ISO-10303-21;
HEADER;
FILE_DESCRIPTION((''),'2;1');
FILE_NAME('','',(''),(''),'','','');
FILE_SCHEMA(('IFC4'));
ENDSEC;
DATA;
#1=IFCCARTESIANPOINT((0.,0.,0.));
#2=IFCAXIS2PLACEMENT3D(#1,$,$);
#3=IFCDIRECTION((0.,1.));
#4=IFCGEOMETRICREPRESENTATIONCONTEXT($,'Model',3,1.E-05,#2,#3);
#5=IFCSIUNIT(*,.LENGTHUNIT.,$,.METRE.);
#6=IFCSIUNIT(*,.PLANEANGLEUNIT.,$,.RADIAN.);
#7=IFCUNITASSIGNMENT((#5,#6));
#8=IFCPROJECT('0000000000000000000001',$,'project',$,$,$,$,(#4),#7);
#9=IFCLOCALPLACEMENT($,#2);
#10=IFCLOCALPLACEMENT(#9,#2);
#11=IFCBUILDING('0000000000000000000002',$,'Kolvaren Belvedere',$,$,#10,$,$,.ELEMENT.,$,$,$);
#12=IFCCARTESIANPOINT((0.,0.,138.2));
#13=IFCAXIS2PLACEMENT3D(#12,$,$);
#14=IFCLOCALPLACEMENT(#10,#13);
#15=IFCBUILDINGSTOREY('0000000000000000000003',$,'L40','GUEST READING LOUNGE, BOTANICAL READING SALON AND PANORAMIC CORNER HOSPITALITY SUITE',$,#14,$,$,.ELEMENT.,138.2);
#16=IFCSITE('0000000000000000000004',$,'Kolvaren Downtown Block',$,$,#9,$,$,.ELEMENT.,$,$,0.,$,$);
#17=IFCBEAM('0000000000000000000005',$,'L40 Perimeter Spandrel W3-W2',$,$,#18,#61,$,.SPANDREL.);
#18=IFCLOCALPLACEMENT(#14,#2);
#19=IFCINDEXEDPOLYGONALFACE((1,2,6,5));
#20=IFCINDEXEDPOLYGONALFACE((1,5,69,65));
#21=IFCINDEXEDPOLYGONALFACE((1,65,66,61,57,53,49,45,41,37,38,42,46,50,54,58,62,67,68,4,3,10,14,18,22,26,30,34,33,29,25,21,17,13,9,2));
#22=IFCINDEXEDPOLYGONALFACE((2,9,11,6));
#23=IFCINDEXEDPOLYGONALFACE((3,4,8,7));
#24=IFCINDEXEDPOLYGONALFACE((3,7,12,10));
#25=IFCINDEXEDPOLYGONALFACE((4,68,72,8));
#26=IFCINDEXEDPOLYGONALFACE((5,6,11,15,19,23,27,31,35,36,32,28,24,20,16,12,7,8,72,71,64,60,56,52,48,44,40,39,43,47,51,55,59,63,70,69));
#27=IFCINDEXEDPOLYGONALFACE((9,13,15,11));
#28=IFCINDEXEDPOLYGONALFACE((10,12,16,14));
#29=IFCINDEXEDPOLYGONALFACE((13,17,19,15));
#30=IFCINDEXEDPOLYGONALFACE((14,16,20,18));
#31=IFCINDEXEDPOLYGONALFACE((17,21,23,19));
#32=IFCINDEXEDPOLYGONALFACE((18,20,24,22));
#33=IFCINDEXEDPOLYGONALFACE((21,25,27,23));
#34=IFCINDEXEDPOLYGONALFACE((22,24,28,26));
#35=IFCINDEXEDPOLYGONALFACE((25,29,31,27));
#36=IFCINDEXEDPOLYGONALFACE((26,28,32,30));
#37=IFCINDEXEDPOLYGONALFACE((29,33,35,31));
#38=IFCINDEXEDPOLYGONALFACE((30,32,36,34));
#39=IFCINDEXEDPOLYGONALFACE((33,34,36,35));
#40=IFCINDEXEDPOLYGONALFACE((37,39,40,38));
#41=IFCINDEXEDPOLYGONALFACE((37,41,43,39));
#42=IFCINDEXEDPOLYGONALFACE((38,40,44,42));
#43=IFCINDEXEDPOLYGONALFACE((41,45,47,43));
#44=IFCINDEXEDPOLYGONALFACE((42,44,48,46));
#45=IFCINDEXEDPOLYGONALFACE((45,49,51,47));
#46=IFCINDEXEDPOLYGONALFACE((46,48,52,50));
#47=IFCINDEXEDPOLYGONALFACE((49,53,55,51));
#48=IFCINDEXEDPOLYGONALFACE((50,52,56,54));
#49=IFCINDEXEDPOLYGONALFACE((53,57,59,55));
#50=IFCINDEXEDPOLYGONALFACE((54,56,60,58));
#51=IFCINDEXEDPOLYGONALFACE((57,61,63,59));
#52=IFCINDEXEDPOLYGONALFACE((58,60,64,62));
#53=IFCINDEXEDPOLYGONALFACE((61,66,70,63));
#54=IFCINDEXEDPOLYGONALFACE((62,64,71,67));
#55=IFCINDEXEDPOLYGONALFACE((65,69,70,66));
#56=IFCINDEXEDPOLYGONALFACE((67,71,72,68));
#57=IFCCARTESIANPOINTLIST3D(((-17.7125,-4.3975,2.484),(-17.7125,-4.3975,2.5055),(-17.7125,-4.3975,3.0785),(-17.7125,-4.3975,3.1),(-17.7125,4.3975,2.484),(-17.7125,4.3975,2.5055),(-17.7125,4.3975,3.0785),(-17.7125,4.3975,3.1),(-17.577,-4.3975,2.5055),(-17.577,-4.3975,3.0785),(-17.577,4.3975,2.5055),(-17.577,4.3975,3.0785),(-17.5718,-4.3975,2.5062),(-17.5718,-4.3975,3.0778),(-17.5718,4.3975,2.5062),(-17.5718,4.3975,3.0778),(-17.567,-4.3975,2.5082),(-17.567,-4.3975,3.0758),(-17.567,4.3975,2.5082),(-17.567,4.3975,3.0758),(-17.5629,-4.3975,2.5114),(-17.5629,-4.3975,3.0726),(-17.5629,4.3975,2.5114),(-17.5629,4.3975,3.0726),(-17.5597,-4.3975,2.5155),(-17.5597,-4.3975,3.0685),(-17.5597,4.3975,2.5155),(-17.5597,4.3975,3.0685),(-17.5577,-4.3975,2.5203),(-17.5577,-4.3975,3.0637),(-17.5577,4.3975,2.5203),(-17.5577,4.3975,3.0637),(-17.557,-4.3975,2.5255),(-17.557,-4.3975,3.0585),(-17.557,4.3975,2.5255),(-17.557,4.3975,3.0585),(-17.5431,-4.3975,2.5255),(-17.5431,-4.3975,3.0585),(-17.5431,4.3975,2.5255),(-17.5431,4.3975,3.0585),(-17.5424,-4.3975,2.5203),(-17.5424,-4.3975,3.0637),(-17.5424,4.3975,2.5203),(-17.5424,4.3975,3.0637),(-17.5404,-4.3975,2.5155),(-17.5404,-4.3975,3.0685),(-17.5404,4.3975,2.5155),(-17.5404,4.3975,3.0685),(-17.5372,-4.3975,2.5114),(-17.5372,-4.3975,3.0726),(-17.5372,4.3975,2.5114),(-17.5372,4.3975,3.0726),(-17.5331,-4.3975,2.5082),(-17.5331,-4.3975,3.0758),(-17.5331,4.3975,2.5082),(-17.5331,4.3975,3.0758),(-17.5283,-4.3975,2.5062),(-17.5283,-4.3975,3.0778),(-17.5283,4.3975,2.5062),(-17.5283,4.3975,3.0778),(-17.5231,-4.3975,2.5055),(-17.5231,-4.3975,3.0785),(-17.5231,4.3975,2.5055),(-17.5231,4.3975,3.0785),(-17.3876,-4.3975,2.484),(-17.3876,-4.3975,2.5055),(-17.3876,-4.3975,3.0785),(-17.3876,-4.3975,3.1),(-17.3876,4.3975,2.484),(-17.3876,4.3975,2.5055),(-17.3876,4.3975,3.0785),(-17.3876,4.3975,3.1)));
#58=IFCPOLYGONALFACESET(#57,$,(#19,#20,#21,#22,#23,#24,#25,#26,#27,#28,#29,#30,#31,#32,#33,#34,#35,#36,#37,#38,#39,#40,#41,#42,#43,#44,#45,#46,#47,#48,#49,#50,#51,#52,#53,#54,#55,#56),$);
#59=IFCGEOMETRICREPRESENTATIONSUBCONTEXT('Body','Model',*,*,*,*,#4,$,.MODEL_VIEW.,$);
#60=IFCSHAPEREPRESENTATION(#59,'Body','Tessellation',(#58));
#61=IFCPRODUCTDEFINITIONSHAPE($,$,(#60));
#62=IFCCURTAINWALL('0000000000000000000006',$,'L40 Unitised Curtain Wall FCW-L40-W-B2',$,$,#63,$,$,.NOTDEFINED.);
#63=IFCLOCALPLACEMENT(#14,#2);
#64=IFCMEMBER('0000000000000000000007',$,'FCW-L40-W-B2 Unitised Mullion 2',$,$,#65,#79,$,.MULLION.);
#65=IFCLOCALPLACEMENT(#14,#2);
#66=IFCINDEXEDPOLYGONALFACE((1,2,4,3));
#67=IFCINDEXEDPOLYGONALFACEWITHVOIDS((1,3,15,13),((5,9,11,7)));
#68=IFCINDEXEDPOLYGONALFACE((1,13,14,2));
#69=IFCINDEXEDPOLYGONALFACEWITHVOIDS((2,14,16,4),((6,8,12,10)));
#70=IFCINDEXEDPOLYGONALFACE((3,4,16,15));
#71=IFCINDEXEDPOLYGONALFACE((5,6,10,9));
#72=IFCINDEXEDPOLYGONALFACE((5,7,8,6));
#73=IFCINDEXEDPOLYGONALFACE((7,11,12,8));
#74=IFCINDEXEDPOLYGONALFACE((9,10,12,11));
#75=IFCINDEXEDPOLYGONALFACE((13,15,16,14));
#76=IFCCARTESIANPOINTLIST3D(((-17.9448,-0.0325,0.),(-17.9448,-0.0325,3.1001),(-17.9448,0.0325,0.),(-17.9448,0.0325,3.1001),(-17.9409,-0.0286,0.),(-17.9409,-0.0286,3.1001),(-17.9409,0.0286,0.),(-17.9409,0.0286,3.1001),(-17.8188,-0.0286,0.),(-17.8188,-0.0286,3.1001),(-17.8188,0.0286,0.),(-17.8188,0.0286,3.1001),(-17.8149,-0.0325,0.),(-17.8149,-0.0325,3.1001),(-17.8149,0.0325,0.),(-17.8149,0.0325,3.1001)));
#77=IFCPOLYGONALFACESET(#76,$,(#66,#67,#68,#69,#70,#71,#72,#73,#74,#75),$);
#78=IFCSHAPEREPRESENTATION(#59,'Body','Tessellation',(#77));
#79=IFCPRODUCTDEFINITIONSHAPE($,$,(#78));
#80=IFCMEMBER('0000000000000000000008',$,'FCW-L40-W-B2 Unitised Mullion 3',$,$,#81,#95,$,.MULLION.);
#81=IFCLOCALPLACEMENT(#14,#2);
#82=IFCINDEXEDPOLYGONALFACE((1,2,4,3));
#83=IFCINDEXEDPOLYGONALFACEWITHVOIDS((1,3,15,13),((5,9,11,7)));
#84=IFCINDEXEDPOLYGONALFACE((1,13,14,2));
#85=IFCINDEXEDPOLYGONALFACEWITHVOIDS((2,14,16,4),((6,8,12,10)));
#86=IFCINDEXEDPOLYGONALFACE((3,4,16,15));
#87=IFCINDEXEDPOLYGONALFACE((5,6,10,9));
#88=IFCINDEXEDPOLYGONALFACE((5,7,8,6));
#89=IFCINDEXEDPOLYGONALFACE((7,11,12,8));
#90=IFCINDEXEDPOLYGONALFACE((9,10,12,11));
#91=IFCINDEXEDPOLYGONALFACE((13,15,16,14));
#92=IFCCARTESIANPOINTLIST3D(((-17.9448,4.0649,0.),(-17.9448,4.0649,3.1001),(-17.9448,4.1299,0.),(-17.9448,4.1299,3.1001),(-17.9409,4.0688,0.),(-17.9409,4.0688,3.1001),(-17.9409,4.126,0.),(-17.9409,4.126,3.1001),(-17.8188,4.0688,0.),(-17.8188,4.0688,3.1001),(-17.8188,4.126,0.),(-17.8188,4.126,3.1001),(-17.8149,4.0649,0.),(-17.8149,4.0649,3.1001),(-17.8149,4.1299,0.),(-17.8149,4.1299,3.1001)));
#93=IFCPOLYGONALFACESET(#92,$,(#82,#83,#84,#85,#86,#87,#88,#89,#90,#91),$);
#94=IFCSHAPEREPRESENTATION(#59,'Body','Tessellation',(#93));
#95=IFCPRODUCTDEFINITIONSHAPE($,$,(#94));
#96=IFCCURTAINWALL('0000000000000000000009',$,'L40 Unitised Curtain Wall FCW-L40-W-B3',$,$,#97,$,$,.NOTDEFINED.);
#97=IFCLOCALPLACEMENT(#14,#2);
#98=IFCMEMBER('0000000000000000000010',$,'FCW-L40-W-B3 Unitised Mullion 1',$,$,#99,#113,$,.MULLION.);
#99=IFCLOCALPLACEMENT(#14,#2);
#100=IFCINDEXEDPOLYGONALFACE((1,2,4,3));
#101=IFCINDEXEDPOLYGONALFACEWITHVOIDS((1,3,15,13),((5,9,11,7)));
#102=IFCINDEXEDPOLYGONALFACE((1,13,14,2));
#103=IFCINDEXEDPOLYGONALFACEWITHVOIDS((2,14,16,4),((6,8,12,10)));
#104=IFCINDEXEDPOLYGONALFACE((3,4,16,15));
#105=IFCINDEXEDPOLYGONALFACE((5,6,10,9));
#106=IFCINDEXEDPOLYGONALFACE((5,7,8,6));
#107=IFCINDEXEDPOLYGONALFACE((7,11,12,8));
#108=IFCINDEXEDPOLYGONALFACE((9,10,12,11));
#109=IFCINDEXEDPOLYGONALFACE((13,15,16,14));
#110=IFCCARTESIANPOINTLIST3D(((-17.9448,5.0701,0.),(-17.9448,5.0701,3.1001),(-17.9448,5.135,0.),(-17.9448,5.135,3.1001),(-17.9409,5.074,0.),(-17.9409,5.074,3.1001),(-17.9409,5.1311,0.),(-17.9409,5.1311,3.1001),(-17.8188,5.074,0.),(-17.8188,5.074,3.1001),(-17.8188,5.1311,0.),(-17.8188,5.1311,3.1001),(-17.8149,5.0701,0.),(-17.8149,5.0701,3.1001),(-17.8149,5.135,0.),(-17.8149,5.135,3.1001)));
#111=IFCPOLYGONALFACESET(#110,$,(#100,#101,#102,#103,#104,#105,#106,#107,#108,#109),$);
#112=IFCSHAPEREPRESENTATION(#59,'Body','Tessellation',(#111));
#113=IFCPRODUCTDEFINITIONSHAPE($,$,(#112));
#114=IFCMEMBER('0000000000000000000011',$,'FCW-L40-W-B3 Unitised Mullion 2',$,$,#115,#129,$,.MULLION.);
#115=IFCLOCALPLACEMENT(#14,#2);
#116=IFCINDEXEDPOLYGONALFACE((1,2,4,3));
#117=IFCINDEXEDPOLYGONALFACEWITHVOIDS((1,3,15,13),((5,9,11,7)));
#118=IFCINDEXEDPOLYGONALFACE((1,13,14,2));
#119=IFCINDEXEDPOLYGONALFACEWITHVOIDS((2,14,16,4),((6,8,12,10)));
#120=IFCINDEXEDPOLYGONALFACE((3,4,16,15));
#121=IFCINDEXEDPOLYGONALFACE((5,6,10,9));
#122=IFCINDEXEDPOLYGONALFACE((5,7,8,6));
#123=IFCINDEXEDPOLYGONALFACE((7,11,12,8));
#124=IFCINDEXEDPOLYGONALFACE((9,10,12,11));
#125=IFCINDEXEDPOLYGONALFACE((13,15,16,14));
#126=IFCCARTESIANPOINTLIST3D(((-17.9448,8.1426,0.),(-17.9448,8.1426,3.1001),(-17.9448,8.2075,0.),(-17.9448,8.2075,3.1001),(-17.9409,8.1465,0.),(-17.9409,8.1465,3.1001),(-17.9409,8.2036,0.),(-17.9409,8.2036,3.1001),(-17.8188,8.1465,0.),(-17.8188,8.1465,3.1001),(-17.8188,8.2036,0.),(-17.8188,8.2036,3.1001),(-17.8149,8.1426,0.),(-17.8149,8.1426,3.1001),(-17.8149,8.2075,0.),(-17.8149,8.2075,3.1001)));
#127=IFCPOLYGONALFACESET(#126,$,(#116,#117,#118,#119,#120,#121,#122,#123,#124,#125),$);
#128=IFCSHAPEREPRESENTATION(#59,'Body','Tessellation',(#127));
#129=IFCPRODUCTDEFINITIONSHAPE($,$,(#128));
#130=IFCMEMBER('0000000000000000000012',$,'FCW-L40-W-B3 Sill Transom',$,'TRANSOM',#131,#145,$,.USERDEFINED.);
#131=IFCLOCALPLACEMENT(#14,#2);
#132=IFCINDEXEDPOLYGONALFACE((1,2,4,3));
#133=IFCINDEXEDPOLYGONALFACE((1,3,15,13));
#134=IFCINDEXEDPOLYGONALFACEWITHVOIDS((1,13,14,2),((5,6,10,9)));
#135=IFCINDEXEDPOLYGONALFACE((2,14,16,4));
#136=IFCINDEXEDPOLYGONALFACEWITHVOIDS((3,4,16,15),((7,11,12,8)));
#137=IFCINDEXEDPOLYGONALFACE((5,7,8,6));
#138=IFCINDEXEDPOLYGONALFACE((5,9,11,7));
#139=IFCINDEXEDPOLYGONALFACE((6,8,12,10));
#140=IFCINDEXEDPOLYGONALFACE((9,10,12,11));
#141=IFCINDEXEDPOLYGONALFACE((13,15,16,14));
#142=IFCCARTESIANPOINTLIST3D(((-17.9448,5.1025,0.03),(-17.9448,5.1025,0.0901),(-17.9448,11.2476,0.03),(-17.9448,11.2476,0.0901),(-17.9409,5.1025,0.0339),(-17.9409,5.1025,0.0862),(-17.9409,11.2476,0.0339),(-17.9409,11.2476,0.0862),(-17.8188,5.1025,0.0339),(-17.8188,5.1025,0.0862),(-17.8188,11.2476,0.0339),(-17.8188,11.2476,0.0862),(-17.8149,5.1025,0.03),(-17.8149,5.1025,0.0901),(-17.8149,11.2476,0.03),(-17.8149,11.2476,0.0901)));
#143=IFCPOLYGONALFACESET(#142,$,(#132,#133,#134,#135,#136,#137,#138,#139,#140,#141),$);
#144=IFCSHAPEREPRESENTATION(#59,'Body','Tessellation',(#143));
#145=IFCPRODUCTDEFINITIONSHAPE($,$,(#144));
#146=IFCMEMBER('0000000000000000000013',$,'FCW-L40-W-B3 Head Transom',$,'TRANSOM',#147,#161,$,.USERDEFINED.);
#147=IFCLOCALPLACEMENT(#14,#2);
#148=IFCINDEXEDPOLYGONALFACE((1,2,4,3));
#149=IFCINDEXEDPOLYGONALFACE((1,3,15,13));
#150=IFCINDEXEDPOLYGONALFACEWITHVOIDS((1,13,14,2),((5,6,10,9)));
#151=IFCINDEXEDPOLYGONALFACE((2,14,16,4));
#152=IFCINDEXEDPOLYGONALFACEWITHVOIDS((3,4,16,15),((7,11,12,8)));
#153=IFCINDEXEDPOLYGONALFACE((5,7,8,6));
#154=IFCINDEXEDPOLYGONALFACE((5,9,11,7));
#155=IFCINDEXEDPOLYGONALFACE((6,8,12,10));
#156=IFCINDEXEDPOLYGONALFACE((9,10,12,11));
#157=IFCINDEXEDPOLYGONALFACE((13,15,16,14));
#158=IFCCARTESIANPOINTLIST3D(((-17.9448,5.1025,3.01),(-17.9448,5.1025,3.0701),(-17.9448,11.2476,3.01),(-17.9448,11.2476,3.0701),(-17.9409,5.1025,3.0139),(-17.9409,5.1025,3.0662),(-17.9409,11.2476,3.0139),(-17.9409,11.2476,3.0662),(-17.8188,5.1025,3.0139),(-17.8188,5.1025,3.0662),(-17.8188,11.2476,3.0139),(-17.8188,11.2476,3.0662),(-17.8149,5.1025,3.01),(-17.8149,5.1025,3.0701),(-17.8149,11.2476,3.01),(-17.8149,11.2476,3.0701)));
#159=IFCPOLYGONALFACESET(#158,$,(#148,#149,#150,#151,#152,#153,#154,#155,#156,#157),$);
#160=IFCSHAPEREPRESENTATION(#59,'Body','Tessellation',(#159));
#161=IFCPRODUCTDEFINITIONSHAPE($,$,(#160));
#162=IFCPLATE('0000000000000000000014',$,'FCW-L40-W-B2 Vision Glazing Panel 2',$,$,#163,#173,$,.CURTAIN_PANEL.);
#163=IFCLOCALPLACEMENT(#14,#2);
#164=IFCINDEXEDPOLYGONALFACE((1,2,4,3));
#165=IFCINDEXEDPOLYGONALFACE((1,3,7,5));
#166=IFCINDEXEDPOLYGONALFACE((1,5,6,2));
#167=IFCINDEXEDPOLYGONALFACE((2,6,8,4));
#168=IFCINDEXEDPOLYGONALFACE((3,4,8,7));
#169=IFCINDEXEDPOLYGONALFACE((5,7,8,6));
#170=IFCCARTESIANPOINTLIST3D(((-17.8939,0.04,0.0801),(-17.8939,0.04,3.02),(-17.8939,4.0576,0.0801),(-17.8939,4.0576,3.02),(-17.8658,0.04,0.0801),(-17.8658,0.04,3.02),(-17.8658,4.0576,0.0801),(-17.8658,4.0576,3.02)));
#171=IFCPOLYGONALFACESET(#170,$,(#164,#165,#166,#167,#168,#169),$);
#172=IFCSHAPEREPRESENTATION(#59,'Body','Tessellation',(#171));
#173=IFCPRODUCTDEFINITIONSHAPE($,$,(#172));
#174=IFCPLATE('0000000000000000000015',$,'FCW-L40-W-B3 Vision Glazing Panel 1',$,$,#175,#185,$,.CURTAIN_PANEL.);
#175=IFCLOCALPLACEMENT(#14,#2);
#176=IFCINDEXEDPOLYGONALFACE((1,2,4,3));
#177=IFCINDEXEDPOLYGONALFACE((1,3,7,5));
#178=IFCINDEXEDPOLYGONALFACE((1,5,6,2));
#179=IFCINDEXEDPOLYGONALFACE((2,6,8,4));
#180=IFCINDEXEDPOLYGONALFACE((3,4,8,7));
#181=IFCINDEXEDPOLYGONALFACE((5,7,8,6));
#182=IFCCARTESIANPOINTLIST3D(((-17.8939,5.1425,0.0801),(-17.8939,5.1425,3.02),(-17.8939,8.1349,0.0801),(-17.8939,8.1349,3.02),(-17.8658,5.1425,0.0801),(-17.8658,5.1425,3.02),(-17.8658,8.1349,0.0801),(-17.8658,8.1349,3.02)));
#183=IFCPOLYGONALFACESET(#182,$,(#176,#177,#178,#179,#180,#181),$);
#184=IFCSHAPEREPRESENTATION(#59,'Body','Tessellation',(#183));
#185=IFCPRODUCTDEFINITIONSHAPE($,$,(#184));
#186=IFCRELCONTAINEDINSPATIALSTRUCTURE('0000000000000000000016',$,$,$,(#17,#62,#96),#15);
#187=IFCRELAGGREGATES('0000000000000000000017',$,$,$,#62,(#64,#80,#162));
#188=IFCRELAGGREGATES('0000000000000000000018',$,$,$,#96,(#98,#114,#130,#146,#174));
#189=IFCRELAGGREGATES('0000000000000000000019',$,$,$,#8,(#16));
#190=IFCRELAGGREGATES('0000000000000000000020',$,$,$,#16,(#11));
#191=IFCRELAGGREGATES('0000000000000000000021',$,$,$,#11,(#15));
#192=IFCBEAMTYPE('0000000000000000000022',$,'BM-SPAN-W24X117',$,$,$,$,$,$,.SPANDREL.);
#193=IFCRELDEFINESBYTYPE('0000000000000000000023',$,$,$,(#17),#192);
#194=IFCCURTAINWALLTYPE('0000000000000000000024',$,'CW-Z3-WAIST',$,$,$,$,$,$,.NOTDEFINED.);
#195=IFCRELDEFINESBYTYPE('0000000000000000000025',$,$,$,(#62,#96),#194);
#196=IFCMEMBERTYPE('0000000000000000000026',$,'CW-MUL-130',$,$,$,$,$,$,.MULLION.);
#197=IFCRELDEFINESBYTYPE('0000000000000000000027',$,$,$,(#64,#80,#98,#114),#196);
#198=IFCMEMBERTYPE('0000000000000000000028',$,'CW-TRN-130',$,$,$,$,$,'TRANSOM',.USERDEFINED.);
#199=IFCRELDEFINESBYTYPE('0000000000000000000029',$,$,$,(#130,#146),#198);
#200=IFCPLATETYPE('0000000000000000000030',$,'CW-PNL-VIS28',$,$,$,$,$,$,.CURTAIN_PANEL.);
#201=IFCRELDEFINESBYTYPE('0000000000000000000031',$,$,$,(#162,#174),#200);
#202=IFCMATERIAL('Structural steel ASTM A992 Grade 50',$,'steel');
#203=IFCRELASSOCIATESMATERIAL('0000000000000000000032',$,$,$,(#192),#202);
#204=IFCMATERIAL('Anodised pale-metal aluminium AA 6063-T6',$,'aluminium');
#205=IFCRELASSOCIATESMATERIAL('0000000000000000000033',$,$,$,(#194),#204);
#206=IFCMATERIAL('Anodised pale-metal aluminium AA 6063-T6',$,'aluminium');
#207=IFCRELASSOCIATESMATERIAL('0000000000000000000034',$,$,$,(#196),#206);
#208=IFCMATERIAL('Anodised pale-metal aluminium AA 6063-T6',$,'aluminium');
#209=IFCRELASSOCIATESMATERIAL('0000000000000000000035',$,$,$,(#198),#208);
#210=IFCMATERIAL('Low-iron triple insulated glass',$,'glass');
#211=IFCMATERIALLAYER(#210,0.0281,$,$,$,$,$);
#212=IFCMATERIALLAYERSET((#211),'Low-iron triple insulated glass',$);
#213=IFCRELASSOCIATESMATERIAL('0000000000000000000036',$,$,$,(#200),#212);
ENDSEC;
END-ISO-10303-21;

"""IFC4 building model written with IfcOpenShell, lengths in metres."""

from ifc_helpers import new_model, si_unit, direction, frame, origin, origin_2d, place, context, subcontext, project, spatial, rectangle, hollow_rectangle, i_section, extrude, material, layer, layer_set, material_profile, profile_set, type_object, element, aggregate, save


model = new_model("IFC4")

# Units and contexts
model_context = context("Model", 3, precision=1e-05, world=origin(), true_north=direction((0.0, 1.0)))
body_context = subcontext(model_context, "Body", "Model", "MODEL_VIEW")
ifc_project = project(units=[si_unit("LENGTHUNIT", "METRE"), si_unit("PLANEANGLEUNIT", "RADIAN")], contexts=[model_context])

# Site, building, storey
site_placement = place(None, origin())
site = spatial("IfcSite", under=ifc_project, at=site_placement, Name="Kolvaren Downtown Block", CompositionType="ELEMENT", RefElevation=0.0)
building_placement = place(site_placement, origin())
building = spatial("IfcBuilding", under=site, at=building_placement, Name="Kolvaren Belvedere", CompositionType="ELEMENT")
storey_placement = place(building_placement, frame((0.0, 0.0, 138.2)))
storey = spatial("IfcBuildingStorey", under=building, at=storey_placement, Name="L40", Description="GUEST READING LOUNGE, BOTANICAL READING SALON AND PANORAMIC CORNER HOSPITALITY SUITE", CompositionType="ELEMENT", Elevation=138.2)

# Beam
ifc_material_1 = material(Name="Structural steel ASTM A992 Grade 50", Category="steel")
ifc_material_profile_1 = material_profile(ifc_material_1, i_section(OverallWidth=0.325, OverallDepth=0.616, WebThickness=0.0139, FlangeThickness=0.0215, FilletRadius=0.02, at=origin_2d()), Name="W24X117")
ifc_profile_set_1 = profile_set([ifc_material_profile_1], Name="Structural steel ASTM A992 Grade 50")
beam_type_1 = type_object("IfcBeamType", Name="BM-SPAN-W24X117", PredefinedType="SPANDREL", material=ifc_profile_set_1)
beam_1_placement = place(storey_placement, frame((-17.55, 4.3975, 2.792), z_axis=(0.0, -1.0, 0.0), x_axis=(1.0, 0.0, 0.0)))
element("IfcBeam", 1, at=beam_1_placement, inside=storey, type_object=beam_type_1, Name="L40 Perimeter Spandrel W3-W2", PredefinedType="SPANDREL", context=body_context, shape_type="SweptSolid", body=[
    extrude(i_section(OverallWidth=0.325, OverallDepth=0.616, WebThickness=0.0139, FlangeThickness=0.0215, FilletRadius=0.02, at=origin_2d()), origin(), (0.0, 0.0, 1.0), 8.7949),
])

# Curtain walls, members
ifc_material_2 = material(Name="Anodised pale-metal aluminium AA 6063-T6", Category="aluminium")
curtain_wall_type = type_object("IfcCurtainWallType", Name="CW-Z3-WAIST", PredefinedType="NOTDEFINED", material=ifc_material_2)
curtain_wall_1_placement = place(storey_placement, origin())
curtain_wall_1 = element("IfcCurtainWall", 2, at=curtain_wall_1_placement, inside=storey, type_object=curtain_wall_type, Name="L40 Unitised Curtain Wall FCW-L40-W-B2", PredefinedType="NOTDEFINED")
ifc_material_3 = material(Name="Anodised pale-metal aluminium AA 6063-T6", Category="aluminium")
ifc_material_profile_2 = material_profile(ifc_material_3, hollow_rectangle(XDim=0.0649, YDim=0.1299, WallThickness=0.0039, at=origin_2d()), Name="ALU-MUL-130X65")
ifc_profile_set_2 = profile_set([ifc_material_profile_2], Name="Anodised pale-metal aluminium AA 6063-T6")
member_type_1 = type_object("IfcMemberType", Name="CW-MUL-130", PredefinedType="MULLION", material=ifc_profile_set_2)
member_1_placement = place(storey_placement, frame((-17.8799, 0.0, 0.0), z_axis=(0.0, 0.0, 1.0), x_axis=(0.0, 1.0, 0.0)))
member_1 = element("IfcMember", 3, at=member_1_placement, type_object=member_type_1, Name="FCW-L40-W-B2 Unitised Mullion 2", PredefinedType="MULLION", context=body_context, shape_type="SweptSolid", body=[
    extrude(hollow_rectangle(XDim=0.0649, YDim=0.1299, WallThickness=0.0039, at=origin_2d()), origin(), (0.0, 0.0, 1.0), 3.1001),
])
member_2_placement = place(storey_placement, frame((-17.8799, 4.0974, 0.0), z_axis=(0.0, 0.0, 1.0), x_axis=(0.0, 1.0, 0.0)))
member_2 = element("IfcMember", 4, at=member_2_placement, type_object=member_type_1, Name="FCW-L40-W-B2 Unitised Mullion 3", PredefinedType="MULLION", context=body_context, shape_type="SweptSolid", body=[
    extrude(hollow_rectangle(XDim=0.0649, YDim=0.1299, WallThickness=0.0039, at=origin_2d()), origin(), (0.0, 0.0, 1.0), 3.1001),
])
curtain_wall_2_placement = place(storey_placement, origin())
curtain_wall_2 = element("IfcCurtainWall", 5, at=curtain_wall_2_placement, inside=storey, type_object=curtain_wall_type, Name="L40 Unitised Curtain Wall FCW-L40-W-B3", PredefinedType="NOTDEFINED")
member_3_placement = place(storey_placement, frame((-17.8799, 5.1025, 0.0), z_axis=(0.0, 0.0, 1.0), x_axis=(0.0, 1.0, 0.0)))
member_3 = element("IfcMember", 6, at=member_3_placement, type_object=member_type_1, Name="FCW-L40-W-B3 Unitised Mullion 1", PredefinedType="MULLION", context=body_context, shape_type="SweptSolid", body=[
    extrude(hollow_rectangle(XDim=0.0649, YDim=0.1299, WallThickness=0.0039, at=origin_2d()), origin(), (0.0, 0.0, 1.0), 3.1001),
])
member_4_placement = place(storey_placement, frame((-17.8799, 8.175, 0.0), z_axis=(0.0, 0.0, 1.0), x_axis=(0.0, 1.0, 0.0)))
member_4 = element("IfcMember", 7, at=member_4_placement, type_object=member_type_1, Name="FCW-L40-W-B3 Unitised Mullion 2", PredefinedType="MULLION", context=body_context, shape_type="SweptSolid", body=[
    extrude(hollow_rectangle(XDim=0.0649, YDim=0.1299, WallThickness=0.0039, at=origin_2d()), origin(), (0.0, 0.0, 1.0), 3.1001),
])
ifc_material_4 = material(Name="Anodised pale-metal aluminium AA 6063-T6", Category="aluminium")
ifc_material_profile_3 = material_profile(ifc_material_4, hollow_rectangle(XDim=0.0601, YDim=0.1299, WallThickness=0.0039, at=origin_2d()), Name="ALU-TRN-130X60")
ifc_profile_set_3 = profile_set([ifc_material_profile_3], Name="Anodised pale-metal aluminium AA 6063-T6")
member_type_2 = type_object("IfcMemberType", Name="CW-TRN-130", ElementType="TRANSOM", PredefinedType="USERDEFINED", material=ifc_profile_set_3)
member_5_placement = place(storey_placement, frame((-17.8799, 5.1025, 0.0601), z_axis=(0.0, 1.0, 0.0), x_axis=(0.0, 0.0, 1.0)))
member_5 = element("IfcMember", 8, at=member_5_placement, type_object=member_type_2, Name="FCW-L40-W-B3 Sill Transom", ObjectType="TRANSOM", PredefinedType="USERDEFINED", context=body_context, shape_type="SweptSolid", body=[
    extrude(hollow_rectangle(XDim=0.0601, YDim=0.1299, WallThickness=0.0039, at=origin_2d()), origin(), (0.0, 0.0, 1.0), 6.145),
])
member_6_placement = place(storey_placement, frame((-17.8799, 5.1025, 3.04), z_axis=(0.0, 1.0, 0.0), x_axis=(0.0, 0.0, 1.0)))
member_6 = element("IfcMember", 9, at=member_6_placement, type_object=member_type_2, Name="FCW-L40-W-B3 Head Transom", ObjectType="TRANSOM", PredefinedType="USERDEFINED", context=body_context, shape_type="SweptSolid", body=[
    extrude(hollow_rectangle(XDim=0.0601, YDim=0.1299, WallThickness=0.0039, at=origin_2d()), origin(), (0.0, 0.0, 1.0), 6.145),
])

# Plates
ifc_material_5 = material(Name="Low-iron triple insulated glass", Category="glass")
ifc_layer_1 = layer(ifc_material_5, 0.0281)
ifc_layer_set_1 = layer_set([ifc_layer_1], Name="Low-iron triple insulated glass")
plate_type_1 = type_object("IfcPlateType", Name="CW-PNL-VIS28", PredefinedType="CURTAIN_PANEL", material=ifc_layer_set_1)
plate_1_placement = place(storey_placement, frame((-17.8799, 2.0488, 0.0801), z_axis=(0.0, 0.0, 1.0), x_axis=(0.0, 1.0, 0.0)))
plate_1 = element("IfcPlate", 10, at=plate_1_placement, type_object=plate_type_1, Name="FCW-L40-W-B2 Vision Glazing Panel 2", PredefinedType="CURTAIN_PANEL", context=body_context, shape_type="SweptSolid", body=[
    extrude(rectangle(XDim=4.0176, YDim=0.0281, at=origin_2d()), origin(), (0.0, 0.0, 1.0), 2.9399),
])
aggregate(curtain_wall_1, [member_1, member_2, plate_1])
plate_2_placement = place(storey_placement, frame((-17.8799, 6.6387, 0.0801), z_axis=(0.0, 0.0, 1.0), x_axis=(0.0, 1.0, 0.0)))
plate_2 = element("IfcPlate", 11, at=plate_2_placement, type_object=plate_type_1, Name="FCW-L40-W-B3 Vision Glazing Panel 1", PredefinedType="CURTAIN_PANEL", context=body_context, shape_type="SweptSolid", body=[
    extrude(rectangle(XDim=2.9924, YDim=0.0281, at=origin_2d()), origin(), (0.0, 0.0, 1.0), 2.9399),
])
aggregate(curtain_wall_2, [member_3, member_4, member_5, member_6, plate_2])

save(model, "model.ifc")
